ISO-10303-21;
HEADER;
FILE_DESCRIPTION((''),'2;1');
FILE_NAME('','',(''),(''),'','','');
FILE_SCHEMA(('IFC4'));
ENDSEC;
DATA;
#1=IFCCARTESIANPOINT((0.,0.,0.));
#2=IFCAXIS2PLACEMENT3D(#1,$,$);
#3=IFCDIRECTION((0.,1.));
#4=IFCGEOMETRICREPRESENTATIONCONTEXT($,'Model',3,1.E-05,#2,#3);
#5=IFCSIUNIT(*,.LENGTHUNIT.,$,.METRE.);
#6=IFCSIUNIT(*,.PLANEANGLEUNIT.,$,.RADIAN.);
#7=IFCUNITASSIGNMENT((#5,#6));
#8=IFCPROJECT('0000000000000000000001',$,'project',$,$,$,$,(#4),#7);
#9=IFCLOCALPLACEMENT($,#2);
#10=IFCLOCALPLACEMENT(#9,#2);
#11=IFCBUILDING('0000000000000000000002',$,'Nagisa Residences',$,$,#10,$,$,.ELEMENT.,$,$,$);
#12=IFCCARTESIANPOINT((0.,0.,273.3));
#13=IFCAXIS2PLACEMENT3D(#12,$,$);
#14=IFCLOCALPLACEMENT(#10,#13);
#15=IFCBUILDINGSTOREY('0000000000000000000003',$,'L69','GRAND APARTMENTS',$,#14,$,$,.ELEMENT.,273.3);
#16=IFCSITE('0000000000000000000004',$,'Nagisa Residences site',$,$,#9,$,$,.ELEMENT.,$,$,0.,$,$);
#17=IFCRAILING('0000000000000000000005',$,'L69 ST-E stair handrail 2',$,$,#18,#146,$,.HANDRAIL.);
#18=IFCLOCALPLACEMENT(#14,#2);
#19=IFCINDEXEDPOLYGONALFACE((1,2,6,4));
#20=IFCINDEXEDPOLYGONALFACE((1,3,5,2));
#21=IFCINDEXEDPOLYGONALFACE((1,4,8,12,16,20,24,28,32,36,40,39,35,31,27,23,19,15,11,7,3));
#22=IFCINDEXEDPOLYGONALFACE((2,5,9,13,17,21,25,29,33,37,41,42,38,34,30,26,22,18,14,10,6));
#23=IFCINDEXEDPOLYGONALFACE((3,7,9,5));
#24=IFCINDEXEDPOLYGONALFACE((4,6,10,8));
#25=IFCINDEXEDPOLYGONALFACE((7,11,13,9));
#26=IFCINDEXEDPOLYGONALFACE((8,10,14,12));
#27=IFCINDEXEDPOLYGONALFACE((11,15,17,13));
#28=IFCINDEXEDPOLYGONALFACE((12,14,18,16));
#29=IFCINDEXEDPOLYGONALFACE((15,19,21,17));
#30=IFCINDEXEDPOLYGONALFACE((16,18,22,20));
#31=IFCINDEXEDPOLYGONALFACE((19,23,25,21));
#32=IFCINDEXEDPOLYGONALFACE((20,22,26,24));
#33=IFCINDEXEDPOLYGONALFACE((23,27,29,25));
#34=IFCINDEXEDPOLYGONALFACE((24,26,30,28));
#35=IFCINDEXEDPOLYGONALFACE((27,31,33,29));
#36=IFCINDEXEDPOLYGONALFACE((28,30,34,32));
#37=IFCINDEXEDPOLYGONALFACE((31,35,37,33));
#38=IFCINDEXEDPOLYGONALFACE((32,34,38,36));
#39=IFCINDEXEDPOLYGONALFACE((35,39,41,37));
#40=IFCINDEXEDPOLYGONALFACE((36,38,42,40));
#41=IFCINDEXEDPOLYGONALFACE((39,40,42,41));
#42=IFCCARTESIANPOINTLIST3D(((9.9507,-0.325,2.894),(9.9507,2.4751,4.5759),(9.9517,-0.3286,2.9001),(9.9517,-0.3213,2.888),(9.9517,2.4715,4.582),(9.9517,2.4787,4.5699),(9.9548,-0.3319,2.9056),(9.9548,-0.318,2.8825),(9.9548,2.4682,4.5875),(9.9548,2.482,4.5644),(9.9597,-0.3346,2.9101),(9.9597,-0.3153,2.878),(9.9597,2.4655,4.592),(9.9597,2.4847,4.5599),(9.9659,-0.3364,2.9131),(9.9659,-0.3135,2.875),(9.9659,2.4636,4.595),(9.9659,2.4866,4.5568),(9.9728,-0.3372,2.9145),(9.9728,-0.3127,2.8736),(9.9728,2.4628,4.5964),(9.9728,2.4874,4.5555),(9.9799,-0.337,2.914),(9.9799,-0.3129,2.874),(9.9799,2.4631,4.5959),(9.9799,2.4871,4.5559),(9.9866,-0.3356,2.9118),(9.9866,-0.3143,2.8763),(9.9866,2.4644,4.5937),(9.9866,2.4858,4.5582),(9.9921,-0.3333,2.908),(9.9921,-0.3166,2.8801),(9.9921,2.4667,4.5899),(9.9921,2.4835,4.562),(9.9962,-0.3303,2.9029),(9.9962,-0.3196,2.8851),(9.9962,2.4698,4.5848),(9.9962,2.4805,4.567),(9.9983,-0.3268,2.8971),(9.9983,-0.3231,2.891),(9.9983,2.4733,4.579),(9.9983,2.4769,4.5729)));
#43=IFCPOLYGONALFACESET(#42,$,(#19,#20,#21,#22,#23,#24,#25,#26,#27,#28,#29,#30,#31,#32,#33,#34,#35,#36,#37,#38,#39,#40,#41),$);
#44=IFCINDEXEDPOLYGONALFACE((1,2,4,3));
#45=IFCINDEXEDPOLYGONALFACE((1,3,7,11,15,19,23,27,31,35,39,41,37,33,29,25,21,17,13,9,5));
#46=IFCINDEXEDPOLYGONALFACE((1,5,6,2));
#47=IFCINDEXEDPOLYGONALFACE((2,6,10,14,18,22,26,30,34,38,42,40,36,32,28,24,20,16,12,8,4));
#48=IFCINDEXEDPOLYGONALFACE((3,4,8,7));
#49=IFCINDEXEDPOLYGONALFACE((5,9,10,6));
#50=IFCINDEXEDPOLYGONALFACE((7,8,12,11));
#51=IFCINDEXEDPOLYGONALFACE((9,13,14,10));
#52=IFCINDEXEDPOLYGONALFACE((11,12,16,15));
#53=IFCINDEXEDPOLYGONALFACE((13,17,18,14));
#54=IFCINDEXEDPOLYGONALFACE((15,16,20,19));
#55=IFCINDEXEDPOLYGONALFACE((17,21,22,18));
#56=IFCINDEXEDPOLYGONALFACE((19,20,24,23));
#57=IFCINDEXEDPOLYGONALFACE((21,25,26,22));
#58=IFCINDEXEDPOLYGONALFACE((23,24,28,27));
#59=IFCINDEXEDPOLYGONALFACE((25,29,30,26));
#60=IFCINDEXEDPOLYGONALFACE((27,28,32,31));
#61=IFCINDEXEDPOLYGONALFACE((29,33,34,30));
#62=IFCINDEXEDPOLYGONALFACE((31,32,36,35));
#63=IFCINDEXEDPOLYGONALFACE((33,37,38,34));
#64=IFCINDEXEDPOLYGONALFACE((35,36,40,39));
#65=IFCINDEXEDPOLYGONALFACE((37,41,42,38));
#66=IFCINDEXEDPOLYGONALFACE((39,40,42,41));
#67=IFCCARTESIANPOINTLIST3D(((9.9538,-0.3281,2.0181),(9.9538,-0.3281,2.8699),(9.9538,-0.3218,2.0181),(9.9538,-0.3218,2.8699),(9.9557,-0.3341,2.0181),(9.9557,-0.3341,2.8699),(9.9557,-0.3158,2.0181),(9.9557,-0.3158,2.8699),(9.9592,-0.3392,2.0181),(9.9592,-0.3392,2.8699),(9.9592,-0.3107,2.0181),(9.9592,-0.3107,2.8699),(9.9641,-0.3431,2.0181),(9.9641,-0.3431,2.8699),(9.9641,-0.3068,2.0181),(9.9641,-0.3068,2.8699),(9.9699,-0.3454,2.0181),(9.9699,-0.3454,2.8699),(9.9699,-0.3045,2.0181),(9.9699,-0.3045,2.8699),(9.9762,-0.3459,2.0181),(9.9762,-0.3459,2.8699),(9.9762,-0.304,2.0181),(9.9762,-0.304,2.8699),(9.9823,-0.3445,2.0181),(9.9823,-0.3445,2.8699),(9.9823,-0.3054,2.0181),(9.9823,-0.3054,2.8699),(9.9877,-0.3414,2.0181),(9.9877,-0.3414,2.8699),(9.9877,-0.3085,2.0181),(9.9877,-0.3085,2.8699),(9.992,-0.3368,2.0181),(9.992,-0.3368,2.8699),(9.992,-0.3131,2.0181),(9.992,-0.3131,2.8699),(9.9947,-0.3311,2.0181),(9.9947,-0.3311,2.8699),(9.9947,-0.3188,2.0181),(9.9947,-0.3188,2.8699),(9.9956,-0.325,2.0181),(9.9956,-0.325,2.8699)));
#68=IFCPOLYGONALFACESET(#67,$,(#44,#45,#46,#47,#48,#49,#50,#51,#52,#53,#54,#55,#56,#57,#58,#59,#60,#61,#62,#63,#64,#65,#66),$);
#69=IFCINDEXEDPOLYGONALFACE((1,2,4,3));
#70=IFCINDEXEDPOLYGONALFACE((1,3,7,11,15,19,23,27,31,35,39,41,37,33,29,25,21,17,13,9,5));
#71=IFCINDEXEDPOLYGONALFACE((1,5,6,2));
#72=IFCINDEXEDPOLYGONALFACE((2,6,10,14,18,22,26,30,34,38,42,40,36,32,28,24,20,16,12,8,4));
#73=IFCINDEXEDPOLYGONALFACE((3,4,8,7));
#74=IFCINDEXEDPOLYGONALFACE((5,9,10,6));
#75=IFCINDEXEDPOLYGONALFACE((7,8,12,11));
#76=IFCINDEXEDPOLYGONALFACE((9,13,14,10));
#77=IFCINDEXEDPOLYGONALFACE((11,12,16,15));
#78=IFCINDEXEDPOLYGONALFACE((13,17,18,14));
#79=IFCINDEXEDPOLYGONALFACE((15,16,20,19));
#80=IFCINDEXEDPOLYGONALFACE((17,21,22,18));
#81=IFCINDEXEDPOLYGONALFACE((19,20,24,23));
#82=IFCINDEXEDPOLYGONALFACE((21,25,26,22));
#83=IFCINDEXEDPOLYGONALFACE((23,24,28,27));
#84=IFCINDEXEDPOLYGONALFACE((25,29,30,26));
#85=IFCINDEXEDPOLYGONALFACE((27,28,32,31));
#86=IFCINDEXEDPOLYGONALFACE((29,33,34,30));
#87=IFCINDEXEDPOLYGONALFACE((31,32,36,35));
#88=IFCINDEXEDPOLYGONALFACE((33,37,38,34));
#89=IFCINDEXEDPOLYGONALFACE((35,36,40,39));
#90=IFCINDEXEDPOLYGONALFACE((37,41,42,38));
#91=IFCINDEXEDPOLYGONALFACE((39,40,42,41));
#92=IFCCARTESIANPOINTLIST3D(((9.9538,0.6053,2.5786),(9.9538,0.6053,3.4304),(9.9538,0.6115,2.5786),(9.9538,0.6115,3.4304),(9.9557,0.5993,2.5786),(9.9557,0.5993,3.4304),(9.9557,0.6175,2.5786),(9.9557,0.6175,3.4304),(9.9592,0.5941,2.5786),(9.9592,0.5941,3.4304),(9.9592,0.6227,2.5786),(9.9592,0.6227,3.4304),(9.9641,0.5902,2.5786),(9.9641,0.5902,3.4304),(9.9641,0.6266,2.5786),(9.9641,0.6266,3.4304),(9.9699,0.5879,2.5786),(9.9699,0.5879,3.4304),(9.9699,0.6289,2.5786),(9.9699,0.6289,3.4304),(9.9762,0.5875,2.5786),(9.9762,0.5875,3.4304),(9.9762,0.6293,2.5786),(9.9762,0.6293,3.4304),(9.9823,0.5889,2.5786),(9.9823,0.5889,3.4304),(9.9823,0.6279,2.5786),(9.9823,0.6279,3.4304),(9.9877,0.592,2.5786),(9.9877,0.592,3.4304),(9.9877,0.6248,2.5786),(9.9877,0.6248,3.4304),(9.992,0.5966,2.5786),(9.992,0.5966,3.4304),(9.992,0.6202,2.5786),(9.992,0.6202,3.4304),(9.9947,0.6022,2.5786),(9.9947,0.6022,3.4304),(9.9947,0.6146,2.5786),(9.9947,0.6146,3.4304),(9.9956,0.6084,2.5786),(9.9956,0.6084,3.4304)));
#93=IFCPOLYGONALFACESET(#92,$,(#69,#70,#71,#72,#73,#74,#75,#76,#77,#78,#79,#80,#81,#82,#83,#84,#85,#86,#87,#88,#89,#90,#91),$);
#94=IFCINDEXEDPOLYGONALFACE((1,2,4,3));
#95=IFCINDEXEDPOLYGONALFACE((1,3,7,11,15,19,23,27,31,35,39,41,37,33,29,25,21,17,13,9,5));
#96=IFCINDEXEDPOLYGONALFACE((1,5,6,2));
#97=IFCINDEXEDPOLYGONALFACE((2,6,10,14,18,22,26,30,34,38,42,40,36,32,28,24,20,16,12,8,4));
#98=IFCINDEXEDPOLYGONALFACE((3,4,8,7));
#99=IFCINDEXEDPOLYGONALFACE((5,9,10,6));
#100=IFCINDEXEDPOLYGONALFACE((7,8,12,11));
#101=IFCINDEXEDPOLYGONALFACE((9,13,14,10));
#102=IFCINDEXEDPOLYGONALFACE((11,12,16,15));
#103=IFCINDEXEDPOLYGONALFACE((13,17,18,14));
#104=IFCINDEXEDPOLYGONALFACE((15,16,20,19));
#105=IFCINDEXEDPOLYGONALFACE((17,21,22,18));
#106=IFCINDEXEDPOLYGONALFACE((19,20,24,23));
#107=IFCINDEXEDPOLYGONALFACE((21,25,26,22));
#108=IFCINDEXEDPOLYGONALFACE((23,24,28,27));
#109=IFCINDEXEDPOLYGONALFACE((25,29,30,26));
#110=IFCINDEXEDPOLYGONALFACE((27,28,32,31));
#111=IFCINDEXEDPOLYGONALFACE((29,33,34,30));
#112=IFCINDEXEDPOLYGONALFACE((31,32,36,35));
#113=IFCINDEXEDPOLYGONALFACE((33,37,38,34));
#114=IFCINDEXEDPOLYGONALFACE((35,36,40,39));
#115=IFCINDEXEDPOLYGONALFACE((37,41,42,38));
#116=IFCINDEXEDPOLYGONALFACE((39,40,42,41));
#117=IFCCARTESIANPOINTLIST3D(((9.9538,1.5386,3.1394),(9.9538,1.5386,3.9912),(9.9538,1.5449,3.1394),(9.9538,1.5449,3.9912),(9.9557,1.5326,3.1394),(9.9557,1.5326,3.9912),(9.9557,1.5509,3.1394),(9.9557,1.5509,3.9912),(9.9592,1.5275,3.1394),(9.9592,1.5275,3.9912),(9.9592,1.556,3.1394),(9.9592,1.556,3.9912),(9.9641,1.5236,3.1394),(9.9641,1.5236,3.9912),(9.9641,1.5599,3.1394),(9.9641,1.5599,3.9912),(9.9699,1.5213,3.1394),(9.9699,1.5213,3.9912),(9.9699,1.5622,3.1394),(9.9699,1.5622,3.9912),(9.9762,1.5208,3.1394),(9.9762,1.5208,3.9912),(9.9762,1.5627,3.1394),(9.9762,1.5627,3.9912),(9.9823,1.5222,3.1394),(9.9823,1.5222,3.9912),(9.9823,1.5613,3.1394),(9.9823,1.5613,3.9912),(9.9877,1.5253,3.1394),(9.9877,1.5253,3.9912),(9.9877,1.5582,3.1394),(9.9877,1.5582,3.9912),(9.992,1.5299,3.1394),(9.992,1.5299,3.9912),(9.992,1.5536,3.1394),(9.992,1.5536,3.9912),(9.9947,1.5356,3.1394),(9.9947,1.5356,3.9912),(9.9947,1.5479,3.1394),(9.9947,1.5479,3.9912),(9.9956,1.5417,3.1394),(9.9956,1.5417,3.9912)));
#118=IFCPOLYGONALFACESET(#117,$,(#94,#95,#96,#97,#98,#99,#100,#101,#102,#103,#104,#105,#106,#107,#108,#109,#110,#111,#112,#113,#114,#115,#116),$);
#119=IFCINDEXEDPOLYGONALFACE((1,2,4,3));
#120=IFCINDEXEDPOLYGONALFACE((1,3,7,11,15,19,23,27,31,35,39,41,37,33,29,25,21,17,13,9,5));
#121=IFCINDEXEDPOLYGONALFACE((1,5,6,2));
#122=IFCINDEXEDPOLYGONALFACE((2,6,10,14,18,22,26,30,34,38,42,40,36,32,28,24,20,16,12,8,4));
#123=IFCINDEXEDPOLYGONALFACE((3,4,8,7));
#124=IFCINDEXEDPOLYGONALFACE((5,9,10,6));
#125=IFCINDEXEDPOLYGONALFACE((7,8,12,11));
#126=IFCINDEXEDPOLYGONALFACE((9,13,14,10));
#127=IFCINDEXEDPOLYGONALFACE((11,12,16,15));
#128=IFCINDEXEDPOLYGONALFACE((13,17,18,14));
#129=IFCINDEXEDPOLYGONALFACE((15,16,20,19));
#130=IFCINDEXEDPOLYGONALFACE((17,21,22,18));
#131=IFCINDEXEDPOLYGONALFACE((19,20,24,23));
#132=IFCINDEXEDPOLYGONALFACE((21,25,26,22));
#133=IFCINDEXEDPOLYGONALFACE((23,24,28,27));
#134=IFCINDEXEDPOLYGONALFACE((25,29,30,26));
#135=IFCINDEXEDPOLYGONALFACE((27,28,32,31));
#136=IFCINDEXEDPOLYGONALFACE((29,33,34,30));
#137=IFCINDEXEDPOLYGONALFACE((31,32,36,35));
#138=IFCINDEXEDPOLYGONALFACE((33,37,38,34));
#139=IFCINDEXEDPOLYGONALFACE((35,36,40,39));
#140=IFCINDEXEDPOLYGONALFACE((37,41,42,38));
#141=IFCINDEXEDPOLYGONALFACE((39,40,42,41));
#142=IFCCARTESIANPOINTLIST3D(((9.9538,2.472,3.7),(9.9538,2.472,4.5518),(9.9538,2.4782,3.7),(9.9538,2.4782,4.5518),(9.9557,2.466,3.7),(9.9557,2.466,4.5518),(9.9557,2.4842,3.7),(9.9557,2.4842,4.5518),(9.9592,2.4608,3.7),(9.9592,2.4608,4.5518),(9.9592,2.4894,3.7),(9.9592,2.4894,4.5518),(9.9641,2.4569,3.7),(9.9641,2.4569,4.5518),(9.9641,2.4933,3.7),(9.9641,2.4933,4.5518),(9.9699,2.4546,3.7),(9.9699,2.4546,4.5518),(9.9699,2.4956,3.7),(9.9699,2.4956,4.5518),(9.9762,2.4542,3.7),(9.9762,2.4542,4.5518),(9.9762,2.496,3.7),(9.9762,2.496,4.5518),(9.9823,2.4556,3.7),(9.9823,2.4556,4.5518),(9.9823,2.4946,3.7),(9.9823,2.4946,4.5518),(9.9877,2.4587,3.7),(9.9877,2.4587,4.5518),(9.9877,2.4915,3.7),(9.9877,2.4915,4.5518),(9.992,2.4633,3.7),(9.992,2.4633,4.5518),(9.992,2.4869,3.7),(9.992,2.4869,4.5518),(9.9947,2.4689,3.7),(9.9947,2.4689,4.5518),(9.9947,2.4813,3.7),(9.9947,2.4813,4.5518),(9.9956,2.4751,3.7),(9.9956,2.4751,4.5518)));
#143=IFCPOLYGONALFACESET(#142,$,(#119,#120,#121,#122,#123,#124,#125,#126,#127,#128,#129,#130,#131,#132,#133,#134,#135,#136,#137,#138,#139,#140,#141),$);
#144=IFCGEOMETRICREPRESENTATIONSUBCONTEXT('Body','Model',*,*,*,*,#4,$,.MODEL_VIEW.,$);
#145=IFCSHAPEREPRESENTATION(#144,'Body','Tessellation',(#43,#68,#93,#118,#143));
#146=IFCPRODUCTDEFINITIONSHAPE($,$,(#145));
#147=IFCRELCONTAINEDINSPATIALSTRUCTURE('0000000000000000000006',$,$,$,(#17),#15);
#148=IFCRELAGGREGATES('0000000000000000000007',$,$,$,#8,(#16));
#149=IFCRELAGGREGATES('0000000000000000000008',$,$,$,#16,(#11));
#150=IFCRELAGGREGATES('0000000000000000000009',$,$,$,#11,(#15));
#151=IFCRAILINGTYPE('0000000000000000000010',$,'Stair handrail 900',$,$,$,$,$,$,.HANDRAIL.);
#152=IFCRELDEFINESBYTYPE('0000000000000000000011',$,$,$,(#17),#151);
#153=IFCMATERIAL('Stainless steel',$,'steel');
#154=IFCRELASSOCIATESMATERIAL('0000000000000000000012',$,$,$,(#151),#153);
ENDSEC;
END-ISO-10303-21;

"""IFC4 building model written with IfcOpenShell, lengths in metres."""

from ifc_helpers import new_model, si_unit, direction, frame, origin, origin_2d, place, context, subcontext, project, spatial, circle, extrude, material, type_object, element, save


model = new_model("IFC4")

# Units and contexts
model_context = context("Model", 3, precision=1e-05, world=origin(), true_north=direction((0.0, 1.0)))
body_context = subcontext(model_context, "Body", "Model", "MODEL_VIEW")
ifc_project = project(units=[si_unit("LENGTHUNIT", "METRE"), si_unit("PLANEANGLEUNIT", "RADIAN")], contexts=[model_context])

# Site, building, storey
site_placement = place(None, origin())
site = spatial("IfcSite", under=ifc_project, at=site_placement, Name="Nagisa Residences site", CompositionType="ELEMENT", RefElevation=0.0)
building_placement = place(site_placement, origin())
building = spatial("IfcBuilding", under=site, at=building_placement, Name="Nagisa Residences", CompositionType="ELEMENT")
storey_placement = place(building_placement, frame((0.0, 0.0, 273.3)))
storey = spatial("IfcBuildingStorey", under=building, at=storey_placement, Name="L69", Description="GRAND APARTMENTS", CompositionType="ELEMENT", Elevation=273.3)

# Railing
ifc_material_1 = material(Name="Stainless steel", Category="steel")
railing_type_1 = type_object("IfcRailingType", Name="Stair handrail 900", PredefinedType="HANDRAIL", material=ifc_material_1)
railing_1_placement = place(storey_placement, frame((9.9746, -0.325, 2.0181)))
element("IfcRailing", 1, at=railing_1_placement, inside=storey, type_object=railing_type_1, Name="L69 ST-E stair handrail 2", PredefinedType="HANDRAIL", context=body_context, shape_type="SweptSolid", body=[
    extrude(circle(Radius=0.0239, at=origin_2d()), frame((0.0, 0.0, 0.876), z_axis=(0.0, 0.857242, 0.514913), x_axis=(-1.0, 0.0, 0.0)), (0.0, 0.0, 1.0), 3.2664),
    extrude(circle(Radius=0.021, at=origin_2d()), origin(), (0.0, 0.0, 1.0), 0.8518),
    extrude(circle(Radius=0.021, at=origin_2d()), frame((0.0, 0.9333, 0.5605)), (0.0, 0.0, 1.0), 0.8518),
    extrude(circle(Radius=0.021, at=origin_2d()), frame((0.0, 1.8667, 1.1213)), (0.0, 0.0, 1.0), 0.8518),
    extrude(circle(Radius=0.021, at=origin_2d()), frame((0.0, 2.8, 1.6819)), (0.0, 0.0, 1.0), 0.8518),
])

save(model, "model.ifc")
